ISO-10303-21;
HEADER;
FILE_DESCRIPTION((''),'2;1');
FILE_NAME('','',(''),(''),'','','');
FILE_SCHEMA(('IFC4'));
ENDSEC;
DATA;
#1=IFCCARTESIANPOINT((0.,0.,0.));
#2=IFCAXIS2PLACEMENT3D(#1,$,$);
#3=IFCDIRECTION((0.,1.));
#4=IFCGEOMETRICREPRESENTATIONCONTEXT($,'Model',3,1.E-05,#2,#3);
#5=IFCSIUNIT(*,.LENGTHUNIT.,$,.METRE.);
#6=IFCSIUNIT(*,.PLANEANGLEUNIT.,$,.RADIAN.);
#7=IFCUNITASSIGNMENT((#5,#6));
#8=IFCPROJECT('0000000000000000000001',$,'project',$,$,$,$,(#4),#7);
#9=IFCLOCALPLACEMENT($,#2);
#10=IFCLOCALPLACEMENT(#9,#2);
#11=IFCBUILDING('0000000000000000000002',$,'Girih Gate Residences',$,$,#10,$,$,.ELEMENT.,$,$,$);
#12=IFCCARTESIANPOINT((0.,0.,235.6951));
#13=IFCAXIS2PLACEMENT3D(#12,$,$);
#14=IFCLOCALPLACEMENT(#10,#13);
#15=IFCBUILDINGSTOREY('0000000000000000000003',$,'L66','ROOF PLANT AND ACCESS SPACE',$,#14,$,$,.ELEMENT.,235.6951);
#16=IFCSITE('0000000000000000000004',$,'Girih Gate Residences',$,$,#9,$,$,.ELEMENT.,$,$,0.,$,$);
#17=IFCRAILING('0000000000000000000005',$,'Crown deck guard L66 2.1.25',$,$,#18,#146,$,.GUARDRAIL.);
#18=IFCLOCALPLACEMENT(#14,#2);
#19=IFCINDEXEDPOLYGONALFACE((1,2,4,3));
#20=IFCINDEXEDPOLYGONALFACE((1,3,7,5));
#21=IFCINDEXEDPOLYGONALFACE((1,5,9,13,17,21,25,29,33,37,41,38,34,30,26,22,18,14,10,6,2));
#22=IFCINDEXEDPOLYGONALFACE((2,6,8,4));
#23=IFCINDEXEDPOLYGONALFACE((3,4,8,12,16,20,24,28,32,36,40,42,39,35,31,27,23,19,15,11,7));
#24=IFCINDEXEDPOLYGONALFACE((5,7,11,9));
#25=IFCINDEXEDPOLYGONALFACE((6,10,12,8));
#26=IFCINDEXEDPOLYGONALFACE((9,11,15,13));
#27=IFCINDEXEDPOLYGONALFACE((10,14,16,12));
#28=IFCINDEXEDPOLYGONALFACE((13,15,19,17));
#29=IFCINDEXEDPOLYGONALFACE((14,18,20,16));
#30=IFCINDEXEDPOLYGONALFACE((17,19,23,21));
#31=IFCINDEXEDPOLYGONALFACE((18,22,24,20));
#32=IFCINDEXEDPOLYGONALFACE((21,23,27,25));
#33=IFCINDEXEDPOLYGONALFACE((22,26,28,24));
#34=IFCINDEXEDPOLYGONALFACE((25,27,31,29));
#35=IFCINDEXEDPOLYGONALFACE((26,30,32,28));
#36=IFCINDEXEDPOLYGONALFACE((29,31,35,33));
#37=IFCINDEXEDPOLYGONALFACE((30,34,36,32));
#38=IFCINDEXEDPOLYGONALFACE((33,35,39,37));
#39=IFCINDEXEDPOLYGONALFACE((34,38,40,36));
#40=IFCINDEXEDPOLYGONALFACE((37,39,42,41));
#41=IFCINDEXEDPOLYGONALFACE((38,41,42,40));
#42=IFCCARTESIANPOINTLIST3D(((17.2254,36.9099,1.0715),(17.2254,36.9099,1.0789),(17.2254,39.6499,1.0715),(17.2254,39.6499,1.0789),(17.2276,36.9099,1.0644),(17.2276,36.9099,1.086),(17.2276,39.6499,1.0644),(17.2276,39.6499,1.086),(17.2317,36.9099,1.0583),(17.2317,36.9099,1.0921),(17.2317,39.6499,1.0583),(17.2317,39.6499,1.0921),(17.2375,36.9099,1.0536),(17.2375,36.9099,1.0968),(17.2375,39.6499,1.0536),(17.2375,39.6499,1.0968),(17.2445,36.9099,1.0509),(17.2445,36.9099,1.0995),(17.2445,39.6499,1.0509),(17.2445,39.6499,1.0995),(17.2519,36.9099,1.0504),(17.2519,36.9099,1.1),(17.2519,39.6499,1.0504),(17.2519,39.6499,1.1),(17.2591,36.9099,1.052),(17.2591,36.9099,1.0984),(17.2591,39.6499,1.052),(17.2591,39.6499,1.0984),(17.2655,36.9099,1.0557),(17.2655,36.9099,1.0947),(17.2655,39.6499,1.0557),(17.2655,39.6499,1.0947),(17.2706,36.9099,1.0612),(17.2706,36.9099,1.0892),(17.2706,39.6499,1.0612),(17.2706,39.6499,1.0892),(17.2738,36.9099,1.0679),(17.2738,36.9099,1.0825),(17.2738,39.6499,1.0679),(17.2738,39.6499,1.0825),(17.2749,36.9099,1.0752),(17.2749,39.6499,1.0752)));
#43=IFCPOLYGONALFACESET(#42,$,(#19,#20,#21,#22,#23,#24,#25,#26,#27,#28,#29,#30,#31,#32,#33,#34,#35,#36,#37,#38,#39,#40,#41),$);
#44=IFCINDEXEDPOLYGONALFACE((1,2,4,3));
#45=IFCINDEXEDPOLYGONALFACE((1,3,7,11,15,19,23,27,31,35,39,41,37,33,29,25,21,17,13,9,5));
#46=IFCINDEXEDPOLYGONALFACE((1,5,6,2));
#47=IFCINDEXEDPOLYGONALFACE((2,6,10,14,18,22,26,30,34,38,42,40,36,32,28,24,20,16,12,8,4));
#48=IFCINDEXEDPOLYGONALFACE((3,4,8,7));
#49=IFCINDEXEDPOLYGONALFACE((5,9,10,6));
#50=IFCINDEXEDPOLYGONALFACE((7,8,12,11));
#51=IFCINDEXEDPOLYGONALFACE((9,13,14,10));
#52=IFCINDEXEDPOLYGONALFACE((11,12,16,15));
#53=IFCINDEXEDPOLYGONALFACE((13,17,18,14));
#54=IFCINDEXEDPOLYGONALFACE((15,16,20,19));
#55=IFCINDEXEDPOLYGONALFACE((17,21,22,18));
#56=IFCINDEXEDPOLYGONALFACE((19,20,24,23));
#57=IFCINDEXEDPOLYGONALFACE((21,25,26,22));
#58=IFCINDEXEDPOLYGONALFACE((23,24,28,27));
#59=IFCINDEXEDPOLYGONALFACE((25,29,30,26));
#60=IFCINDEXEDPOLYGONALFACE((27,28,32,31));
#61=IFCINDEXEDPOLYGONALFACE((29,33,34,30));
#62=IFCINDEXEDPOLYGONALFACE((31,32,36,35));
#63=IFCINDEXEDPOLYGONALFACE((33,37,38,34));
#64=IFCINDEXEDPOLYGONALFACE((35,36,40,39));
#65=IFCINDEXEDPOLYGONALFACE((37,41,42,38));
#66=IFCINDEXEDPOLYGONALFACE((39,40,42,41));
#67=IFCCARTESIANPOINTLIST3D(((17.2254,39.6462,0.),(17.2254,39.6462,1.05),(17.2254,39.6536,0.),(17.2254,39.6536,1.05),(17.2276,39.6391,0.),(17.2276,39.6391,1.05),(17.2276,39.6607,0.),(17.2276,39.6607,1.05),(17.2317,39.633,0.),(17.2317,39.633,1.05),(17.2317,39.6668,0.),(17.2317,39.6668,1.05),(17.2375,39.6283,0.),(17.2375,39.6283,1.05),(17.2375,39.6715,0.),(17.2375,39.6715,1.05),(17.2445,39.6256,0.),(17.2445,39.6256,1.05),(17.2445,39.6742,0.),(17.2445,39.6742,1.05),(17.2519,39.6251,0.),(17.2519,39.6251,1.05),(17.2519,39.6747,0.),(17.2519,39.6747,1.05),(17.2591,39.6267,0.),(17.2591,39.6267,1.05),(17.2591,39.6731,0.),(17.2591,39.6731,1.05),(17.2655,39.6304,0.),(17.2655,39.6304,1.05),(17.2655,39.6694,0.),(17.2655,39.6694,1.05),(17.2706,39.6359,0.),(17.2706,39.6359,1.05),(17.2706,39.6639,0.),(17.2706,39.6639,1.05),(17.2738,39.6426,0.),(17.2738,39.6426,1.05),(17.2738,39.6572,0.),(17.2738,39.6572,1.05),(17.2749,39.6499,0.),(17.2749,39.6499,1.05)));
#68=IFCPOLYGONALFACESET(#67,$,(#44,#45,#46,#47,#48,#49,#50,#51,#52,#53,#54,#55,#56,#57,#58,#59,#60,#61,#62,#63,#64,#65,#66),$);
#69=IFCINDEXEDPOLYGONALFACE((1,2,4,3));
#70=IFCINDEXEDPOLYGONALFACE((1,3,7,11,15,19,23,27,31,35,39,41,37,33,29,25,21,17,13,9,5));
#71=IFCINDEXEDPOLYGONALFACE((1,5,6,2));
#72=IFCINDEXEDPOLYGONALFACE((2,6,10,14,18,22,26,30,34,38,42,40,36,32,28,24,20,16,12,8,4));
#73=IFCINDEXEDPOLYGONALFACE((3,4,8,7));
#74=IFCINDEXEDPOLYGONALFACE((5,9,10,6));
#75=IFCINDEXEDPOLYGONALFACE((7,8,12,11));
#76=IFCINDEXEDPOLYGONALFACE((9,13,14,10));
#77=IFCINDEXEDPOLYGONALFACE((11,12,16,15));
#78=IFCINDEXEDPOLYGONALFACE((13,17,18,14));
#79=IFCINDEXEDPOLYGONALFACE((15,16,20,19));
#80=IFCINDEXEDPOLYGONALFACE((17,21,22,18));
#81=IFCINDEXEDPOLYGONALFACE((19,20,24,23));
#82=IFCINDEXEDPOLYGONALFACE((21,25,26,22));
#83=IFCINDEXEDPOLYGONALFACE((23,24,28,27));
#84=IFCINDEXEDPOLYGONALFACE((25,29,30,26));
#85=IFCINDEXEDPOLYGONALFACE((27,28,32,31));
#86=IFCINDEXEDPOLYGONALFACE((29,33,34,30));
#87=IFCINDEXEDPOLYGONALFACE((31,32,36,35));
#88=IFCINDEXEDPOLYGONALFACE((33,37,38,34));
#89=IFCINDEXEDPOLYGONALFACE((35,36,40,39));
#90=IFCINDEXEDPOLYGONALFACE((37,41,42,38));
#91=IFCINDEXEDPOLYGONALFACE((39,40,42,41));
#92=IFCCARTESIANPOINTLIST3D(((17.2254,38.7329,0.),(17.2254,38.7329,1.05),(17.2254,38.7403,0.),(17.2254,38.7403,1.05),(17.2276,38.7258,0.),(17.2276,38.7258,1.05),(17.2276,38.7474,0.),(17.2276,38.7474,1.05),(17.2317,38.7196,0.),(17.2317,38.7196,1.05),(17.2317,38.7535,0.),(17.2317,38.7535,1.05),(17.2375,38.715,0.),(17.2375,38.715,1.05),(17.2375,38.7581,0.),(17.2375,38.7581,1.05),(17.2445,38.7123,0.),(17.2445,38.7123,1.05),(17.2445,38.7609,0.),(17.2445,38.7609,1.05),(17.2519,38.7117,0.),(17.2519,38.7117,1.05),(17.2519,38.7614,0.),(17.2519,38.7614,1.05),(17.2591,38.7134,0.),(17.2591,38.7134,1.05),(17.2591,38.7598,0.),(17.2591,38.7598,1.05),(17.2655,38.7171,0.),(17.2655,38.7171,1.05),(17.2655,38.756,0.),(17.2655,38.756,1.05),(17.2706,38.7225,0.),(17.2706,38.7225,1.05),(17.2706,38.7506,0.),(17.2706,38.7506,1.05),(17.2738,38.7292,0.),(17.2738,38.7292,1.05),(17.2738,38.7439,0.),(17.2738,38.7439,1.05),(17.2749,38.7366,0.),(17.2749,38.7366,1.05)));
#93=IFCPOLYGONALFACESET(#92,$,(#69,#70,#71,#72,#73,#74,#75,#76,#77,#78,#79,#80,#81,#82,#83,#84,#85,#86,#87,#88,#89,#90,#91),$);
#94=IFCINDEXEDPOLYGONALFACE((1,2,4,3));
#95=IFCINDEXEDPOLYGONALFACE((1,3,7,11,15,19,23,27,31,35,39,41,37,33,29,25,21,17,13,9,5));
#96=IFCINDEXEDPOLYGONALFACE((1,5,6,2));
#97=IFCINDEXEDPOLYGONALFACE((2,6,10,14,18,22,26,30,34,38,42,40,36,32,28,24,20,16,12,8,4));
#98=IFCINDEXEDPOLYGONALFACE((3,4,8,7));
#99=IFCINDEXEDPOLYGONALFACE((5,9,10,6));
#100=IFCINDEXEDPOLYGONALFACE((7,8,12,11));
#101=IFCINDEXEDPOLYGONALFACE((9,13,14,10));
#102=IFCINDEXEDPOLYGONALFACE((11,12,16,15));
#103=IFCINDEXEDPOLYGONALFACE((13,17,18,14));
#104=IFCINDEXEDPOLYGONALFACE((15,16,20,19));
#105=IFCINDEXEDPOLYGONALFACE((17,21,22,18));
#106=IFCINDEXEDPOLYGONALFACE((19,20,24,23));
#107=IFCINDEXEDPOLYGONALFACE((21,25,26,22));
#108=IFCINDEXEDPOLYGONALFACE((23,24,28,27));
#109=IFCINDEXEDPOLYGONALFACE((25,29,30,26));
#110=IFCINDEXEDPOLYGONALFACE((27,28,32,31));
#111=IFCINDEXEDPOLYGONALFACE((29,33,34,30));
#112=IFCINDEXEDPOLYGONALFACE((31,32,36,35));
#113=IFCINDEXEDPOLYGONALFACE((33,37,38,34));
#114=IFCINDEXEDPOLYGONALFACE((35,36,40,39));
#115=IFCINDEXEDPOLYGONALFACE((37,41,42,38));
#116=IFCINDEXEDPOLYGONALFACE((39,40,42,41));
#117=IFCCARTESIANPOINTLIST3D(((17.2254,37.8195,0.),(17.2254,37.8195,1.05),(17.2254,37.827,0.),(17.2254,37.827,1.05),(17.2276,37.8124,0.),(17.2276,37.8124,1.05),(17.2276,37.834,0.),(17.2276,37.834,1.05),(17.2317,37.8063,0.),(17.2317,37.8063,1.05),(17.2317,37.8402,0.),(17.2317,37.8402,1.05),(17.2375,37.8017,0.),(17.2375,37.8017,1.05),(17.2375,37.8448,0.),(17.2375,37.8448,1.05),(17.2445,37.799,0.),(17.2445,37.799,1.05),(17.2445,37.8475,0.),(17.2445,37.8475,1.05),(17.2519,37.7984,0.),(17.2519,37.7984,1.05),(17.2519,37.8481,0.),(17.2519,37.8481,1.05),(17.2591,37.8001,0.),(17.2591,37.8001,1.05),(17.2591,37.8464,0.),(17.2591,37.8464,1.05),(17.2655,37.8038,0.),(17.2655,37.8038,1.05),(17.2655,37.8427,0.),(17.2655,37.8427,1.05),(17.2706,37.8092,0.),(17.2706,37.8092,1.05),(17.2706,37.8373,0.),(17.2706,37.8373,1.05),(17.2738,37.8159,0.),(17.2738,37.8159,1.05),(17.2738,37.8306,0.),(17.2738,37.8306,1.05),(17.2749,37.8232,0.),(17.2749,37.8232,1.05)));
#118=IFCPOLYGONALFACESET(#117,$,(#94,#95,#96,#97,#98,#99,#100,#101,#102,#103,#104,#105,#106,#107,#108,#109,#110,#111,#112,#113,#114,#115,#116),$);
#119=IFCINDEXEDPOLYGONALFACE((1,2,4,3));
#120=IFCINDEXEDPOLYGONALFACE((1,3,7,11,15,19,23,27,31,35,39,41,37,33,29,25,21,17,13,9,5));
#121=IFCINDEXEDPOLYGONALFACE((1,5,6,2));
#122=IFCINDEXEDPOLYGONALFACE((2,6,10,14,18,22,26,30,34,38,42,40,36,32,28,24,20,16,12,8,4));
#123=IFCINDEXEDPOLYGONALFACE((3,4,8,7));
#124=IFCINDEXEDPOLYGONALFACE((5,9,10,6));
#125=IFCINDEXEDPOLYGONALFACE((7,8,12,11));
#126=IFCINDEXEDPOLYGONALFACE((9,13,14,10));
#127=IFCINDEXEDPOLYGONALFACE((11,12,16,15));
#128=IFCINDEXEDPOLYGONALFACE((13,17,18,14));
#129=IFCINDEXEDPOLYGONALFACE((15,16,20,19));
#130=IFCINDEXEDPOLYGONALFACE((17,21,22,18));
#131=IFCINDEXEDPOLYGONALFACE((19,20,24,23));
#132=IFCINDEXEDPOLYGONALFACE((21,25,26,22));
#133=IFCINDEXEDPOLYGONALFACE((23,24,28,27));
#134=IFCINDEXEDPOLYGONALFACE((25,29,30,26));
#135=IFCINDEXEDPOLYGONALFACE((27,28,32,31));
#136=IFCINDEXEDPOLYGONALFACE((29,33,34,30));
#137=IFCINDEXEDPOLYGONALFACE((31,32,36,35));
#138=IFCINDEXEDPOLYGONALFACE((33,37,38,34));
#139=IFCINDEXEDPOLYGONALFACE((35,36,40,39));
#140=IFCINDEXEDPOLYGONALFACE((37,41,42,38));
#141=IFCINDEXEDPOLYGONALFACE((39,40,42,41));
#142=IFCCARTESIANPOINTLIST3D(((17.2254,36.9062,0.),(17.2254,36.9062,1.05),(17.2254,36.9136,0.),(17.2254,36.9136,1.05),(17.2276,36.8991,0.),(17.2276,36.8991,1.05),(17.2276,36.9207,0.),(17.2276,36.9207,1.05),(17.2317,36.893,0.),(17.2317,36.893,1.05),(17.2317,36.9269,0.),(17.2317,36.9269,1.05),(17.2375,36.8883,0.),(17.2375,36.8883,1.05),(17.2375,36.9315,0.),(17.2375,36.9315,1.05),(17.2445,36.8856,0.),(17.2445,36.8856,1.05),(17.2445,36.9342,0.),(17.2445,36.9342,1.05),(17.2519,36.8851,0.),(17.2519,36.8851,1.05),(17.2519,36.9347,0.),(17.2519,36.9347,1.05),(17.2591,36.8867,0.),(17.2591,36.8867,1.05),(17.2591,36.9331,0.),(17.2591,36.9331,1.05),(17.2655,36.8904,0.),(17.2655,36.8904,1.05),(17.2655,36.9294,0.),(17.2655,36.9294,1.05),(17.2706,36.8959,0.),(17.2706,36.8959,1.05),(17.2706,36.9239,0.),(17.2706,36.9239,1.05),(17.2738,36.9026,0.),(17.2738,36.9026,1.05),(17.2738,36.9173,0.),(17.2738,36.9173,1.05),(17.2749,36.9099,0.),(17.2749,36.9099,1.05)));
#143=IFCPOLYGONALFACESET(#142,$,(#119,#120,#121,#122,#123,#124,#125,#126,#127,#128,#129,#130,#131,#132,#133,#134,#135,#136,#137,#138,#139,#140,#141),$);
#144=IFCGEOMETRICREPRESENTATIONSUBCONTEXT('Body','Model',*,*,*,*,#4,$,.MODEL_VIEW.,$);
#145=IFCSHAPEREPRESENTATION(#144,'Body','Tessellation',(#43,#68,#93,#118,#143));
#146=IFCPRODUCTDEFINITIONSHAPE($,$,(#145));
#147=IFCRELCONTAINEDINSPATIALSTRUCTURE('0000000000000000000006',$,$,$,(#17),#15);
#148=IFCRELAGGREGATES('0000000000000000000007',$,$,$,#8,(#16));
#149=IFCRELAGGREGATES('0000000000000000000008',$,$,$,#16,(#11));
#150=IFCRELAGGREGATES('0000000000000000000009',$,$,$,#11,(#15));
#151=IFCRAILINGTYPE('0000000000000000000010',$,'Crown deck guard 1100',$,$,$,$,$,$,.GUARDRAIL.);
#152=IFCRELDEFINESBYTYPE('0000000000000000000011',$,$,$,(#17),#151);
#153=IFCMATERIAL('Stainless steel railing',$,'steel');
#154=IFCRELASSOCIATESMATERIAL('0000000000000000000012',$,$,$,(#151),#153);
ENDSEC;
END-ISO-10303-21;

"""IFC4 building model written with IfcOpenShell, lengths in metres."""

from ifc_helpers import new_model, si_unit, direction, frame, origin, origin_2d, place, context, subcontext, project, spatial, circle, extrude, material, type_object, element, save


model = new_model("IFC4")

# Units and contexts
model_context = context("Model", 3, precision=1e-05, world=origin(), true_north=direction((0.0, 1.0)))
body_context = subcontext(model_context, "Body", "Model", "MODEL_VIEW")
ifc_project = project(units=[si_unit("LENGTHUNIT", "METRE"), si_unit("PLANEANGLEUNIT", "RADIAN")], contexts=[model_context])

# Site, building, storey
site_placement = place(None, origin())
site = spatial("IfcSite", under=ifc_project, at=site_placement, Name="Girih Gate Residences", CompositionType="ELEMENT", RefElevation=0.0)
building_placement = place(site_placement, origin())
building = spatial("IfcBuilding", under=site, at=building_placement, Name="Girih Gate Residences", CompositionType="ELEMENT")
storey_placement = place(building_placement, frame((0.0, 0.0, 235.6951)))
storey = spatial("IfcBuildingStorey", under=building, at=storey_placement, Name="L66", Description="ROOF PLANT AND ACCESS SPACE", CompositionType="ELEMENT", Elevation=235.6951)

# Railing
ifc_material_1 = material(Name="Stainless steel railing", Category="steel")
railing_type = type_object("IfcRailingType", Name="Crown deck guard 1100", PredefinedType="GUARDRAIL", material=ifc_material_1)
railing_1_placement = place(storey_placement, frame((17.25, 39.6499, 0.0)))
element("IfcRailing", 1, at=railing_1_placement, inside=storey, type_object=railing_type, Name="Crown deck guard L66 2.1.25", PredefinedType="GUARDRAIL", context=body_context, shape_type="SweptSolid", body=[
    extrude(circle(Radius=0.0249, at=origin_2d()), frame((0.0, 0.0, 1.0752), z_axis=(0.0, -1.0, 0.0), x_axis=(1.0, 0.0, 0.0)), (0.0, 0.0, 1.0), 2.74),
    extrude(circle(Radius=0.0249, at=origin_2d()), origin(), (0.0, 0.0, 1.0), 1.05),
    extrude(circle(Radius=0.0249, at=origin_2d()), frame((0.0, -0.9133, 0.0)), (0.0, 0.0, 1.0), 1.05),
    extrude(circle(Radius=0.0249, at=origin_2d()), frame((0.0, -1.8267, 0.0)), (0.0, 0.0, 1.0), 1.05),
    extrude(circle(Radius=0.0249, at=origin_2d()), frame((0.0, -2.74, 0.0)), (0.0, 0.0, 1.0), 1.05),
])

save(model, "model.ifc")
